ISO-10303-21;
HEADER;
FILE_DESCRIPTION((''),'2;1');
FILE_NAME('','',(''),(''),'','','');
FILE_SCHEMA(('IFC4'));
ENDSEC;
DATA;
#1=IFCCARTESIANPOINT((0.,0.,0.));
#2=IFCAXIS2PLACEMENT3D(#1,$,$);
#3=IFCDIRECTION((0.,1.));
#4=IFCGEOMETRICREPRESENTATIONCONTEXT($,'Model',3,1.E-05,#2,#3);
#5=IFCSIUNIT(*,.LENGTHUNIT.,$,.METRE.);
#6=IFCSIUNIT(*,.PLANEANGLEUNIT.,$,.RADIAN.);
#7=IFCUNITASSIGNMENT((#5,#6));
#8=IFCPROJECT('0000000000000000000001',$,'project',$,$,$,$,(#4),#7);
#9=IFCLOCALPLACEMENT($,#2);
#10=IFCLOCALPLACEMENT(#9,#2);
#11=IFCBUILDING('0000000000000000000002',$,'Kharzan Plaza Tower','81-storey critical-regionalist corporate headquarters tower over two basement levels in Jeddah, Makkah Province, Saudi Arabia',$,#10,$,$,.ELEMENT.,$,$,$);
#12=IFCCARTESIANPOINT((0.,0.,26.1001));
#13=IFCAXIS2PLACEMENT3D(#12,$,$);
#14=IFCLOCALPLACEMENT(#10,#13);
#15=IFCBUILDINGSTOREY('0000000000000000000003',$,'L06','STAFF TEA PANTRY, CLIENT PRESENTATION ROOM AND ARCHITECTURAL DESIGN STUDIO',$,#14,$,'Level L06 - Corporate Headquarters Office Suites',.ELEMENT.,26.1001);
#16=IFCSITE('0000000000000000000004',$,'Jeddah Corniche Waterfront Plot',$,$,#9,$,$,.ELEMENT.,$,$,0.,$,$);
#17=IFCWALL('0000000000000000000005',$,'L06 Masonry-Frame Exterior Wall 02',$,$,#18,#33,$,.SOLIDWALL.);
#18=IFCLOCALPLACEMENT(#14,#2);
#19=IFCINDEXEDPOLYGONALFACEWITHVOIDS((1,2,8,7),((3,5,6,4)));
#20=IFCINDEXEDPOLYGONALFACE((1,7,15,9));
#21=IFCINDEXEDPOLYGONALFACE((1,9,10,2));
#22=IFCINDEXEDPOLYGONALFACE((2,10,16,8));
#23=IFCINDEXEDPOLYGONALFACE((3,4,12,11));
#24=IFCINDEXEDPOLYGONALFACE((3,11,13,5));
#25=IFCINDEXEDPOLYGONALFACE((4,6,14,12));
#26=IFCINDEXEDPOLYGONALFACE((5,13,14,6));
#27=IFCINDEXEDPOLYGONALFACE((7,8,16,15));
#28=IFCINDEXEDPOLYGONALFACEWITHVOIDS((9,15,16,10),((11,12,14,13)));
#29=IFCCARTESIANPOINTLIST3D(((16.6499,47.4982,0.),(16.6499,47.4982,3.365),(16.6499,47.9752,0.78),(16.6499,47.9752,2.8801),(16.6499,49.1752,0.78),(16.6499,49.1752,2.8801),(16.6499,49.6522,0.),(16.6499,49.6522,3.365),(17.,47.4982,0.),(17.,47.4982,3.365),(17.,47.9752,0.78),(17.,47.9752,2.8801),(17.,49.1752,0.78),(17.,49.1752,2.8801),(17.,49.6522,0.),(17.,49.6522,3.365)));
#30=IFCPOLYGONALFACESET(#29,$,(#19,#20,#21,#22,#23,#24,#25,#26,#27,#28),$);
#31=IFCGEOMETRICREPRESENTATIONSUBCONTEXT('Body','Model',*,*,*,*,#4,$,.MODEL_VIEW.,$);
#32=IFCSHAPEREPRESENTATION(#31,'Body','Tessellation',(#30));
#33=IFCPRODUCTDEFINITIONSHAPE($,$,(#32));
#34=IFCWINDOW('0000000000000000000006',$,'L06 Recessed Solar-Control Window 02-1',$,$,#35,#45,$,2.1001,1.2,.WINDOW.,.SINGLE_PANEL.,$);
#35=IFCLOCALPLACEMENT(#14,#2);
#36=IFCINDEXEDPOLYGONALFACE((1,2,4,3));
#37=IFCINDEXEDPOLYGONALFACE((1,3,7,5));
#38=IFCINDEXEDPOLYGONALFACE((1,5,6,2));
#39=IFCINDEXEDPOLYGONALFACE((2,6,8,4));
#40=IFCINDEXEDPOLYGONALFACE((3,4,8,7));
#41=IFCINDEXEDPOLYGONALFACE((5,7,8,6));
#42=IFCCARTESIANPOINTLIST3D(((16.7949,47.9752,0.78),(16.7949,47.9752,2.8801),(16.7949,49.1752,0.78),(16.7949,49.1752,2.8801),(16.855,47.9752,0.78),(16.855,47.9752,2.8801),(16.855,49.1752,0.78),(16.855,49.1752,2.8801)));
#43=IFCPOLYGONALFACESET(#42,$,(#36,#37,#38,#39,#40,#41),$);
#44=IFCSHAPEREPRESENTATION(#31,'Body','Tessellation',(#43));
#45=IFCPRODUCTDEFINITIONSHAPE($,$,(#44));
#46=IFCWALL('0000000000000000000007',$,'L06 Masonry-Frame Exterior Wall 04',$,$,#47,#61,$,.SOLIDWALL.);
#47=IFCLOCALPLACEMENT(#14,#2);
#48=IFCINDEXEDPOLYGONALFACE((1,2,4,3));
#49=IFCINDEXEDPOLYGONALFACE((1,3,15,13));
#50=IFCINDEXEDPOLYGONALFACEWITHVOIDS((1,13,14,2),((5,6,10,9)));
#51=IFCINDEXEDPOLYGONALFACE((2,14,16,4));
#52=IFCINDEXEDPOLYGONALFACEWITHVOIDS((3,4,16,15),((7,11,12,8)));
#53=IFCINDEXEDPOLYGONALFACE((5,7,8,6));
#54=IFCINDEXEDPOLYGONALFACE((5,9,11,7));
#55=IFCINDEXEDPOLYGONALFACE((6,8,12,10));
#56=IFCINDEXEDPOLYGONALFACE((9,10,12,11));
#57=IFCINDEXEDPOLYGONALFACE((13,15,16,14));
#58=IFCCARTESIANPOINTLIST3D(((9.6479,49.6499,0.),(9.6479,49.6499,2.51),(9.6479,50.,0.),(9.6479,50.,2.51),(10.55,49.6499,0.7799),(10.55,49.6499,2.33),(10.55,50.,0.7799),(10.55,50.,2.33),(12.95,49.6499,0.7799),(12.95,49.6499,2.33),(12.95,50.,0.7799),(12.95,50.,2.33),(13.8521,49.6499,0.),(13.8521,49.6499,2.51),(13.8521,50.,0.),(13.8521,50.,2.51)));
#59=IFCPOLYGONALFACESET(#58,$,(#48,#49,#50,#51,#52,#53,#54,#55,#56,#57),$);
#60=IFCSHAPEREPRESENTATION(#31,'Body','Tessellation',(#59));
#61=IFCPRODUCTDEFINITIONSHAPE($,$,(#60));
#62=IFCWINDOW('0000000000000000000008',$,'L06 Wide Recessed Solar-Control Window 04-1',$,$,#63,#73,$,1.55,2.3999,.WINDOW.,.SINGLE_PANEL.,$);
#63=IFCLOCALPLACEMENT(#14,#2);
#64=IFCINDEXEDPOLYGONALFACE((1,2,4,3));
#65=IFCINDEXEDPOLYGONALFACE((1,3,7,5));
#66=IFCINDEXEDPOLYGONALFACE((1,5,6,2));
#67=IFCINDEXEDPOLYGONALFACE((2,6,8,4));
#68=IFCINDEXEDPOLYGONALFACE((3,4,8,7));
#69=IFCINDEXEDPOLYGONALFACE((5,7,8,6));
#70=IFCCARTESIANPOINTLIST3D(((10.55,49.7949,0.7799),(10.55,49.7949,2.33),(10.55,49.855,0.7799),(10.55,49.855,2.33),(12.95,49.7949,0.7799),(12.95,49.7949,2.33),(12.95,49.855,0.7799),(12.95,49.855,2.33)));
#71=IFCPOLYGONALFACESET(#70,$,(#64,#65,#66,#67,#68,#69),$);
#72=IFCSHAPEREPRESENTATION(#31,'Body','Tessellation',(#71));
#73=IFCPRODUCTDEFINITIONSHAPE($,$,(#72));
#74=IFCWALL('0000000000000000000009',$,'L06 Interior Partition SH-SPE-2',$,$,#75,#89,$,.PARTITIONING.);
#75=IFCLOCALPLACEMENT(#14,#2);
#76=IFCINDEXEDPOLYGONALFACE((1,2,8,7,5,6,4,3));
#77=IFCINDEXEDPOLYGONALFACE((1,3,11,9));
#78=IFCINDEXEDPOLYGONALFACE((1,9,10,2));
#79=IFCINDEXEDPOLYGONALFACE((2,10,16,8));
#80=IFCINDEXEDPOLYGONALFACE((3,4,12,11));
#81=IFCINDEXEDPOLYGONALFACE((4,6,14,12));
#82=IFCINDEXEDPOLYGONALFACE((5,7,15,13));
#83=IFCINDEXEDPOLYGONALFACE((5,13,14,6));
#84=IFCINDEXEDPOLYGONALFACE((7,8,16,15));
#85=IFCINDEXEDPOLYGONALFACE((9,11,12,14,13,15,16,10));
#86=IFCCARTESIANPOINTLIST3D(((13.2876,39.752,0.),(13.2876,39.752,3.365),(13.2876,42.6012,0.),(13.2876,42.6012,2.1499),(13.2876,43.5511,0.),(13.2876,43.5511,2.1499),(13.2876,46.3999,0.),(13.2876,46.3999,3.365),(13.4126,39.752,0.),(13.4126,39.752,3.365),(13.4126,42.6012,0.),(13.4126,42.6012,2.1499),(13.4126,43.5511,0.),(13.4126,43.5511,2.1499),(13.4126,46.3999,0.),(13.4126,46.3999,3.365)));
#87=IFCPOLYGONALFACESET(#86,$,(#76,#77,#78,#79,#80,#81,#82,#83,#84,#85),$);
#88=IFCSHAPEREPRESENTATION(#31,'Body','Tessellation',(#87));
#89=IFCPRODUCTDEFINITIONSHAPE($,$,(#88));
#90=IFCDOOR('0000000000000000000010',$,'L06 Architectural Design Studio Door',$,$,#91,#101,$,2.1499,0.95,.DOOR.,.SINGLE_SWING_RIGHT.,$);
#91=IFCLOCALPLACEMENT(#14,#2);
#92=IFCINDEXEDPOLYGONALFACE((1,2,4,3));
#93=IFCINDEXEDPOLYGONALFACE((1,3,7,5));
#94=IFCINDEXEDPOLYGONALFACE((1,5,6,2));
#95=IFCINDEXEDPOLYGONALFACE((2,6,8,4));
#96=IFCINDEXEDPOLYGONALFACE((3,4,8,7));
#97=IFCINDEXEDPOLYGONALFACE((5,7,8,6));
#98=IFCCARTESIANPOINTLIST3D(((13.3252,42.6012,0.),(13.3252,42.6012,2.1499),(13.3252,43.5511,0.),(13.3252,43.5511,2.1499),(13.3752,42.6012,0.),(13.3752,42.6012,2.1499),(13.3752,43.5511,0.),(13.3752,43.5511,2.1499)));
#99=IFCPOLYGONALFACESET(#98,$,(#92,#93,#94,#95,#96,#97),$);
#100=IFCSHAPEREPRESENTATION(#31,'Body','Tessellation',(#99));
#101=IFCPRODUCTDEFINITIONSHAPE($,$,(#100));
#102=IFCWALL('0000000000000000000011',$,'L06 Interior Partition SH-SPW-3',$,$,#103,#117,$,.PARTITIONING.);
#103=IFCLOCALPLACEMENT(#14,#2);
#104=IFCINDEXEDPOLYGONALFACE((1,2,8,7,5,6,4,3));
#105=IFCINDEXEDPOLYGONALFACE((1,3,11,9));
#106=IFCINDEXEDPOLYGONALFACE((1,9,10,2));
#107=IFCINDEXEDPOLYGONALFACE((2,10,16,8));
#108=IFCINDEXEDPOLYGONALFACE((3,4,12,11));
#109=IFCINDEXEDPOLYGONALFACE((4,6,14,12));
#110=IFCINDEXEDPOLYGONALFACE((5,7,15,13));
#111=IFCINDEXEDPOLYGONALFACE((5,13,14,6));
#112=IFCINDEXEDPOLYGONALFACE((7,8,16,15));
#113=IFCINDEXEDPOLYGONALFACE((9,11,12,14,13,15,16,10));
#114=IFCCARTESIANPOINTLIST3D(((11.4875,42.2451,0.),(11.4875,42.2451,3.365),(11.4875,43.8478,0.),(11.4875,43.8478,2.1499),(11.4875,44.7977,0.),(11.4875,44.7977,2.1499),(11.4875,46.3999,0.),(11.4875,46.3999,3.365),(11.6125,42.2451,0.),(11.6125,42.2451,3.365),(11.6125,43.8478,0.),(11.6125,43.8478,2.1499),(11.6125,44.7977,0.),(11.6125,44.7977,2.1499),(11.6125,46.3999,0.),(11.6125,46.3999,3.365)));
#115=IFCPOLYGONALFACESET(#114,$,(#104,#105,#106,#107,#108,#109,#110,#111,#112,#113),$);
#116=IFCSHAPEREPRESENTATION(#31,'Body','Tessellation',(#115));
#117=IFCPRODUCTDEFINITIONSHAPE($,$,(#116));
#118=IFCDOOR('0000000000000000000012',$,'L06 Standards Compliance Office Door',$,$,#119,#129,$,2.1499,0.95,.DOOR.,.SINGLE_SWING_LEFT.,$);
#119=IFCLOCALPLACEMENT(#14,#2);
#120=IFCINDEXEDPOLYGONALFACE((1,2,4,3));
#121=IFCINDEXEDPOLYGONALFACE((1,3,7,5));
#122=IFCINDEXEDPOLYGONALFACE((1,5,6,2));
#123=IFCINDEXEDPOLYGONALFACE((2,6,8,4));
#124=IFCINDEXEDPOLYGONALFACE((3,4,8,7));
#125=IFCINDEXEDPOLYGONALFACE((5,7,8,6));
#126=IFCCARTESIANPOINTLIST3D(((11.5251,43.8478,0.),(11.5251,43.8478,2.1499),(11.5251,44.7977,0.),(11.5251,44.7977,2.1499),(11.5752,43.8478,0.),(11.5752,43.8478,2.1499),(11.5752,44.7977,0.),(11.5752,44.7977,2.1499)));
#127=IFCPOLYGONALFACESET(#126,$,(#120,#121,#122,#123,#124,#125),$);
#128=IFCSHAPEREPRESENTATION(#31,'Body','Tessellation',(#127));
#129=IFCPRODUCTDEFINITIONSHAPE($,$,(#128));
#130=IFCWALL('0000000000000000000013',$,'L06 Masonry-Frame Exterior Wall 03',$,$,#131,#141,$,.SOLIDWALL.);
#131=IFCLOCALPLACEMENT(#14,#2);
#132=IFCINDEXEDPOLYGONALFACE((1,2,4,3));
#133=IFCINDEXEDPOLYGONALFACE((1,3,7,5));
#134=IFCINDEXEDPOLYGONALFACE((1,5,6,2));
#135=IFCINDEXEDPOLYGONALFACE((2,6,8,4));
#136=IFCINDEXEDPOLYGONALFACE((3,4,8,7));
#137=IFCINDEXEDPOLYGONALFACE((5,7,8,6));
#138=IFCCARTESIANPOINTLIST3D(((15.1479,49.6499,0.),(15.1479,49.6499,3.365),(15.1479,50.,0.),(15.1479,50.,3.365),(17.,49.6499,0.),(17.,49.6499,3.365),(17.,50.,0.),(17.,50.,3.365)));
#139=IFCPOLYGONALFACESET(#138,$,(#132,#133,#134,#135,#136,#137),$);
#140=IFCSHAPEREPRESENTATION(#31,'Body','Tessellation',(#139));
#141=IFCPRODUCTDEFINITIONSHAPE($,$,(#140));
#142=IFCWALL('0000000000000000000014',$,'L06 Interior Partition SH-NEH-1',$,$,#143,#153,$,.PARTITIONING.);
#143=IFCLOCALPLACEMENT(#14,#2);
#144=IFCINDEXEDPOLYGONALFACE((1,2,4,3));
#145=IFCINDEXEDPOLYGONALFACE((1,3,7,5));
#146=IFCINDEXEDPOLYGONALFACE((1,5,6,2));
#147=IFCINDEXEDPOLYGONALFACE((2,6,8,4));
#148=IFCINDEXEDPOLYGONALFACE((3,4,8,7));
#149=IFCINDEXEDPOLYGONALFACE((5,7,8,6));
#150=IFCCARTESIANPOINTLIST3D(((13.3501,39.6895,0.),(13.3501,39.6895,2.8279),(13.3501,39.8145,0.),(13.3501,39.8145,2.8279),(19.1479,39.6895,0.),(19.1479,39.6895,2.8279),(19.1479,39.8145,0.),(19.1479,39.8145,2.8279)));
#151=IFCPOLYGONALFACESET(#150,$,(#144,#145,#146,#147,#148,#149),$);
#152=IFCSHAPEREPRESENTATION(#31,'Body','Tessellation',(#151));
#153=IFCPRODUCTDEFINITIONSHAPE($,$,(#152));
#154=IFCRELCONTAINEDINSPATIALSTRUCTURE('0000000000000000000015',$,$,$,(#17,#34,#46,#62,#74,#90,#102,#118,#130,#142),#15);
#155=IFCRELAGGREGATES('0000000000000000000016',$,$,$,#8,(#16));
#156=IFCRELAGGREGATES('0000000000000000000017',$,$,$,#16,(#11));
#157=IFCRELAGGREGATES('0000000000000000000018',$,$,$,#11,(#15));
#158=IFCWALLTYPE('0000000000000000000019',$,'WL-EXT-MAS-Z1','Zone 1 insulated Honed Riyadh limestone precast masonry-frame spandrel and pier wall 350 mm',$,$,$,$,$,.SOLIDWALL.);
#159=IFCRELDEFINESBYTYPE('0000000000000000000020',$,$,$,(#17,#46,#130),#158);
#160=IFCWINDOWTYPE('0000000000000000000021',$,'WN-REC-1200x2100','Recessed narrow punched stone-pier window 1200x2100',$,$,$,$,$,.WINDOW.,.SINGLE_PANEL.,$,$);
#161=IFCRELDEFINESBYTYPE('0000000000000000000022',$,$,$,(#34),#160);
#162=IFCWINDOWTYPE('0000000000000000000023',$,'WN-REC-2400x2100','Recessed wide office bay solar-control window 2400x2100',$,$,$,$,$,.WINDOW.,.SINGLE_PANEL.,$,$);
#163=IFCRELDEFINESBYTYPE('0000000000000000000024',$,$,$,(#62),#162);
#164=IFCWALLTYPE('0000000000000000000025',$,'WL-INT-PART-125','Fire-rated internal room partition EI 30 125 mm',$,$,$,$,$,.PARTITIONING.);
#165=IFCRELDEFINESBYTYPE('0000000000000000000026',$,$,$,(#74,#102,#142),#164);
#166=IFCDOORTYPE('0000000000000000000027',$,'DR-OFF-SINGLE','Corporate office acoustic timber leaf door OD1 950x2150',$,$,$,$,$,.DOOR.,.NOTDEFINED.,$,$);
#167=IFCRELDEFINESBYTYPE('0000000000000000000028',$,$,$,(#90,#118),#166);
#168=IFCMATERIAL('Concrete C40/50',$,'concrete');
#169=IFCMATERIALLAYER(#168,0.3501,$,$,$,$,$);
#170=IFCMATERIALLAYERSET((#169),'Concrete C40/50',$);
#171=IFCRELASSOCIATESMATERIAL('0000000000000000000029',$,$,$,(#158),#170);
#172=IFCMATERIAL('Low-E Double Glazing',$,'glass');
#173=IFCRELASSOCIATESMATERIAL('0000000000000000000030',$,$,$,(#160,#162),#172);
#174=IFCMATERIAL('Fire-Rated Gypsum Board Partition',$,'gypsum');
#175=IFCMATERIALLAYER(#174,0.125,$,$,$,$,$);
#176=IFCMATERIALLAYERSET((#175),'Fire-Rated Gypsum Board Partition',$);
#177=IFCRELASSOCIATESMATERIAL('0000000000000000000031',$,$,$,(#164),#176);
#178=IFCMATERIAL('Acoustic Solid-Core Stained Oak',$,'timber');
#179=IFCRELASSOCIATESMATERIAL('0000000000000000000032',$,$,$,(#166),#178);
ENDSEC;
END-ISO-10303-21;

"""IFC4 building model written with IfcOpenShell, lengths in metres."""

from ifc_helpers import new_model, si_unit, direction, frame, frame_2d, origin, place, context, subcontext, project, spatial, rectangle, extrude, source, transform, mapped, material, layer, layer_set, type_object, element, fill, save


model = new_model("IFC4")

# Units and contexts
model_context = context("Model", 3, precision=1e-05, world=origin(), true_north=direction((0.0, 1.0)))
body_context = subcontext(model_context, "Body", "Model", "MODEL_VIEW")
ifc_project = project(units=[si_unit("LENGTHUNIT", "METRE"), si_unit("PLANEANGLEUNIT", "RADIAN")], contexts=[model_context])

# Site, building, storey
site_placement = place(None, origin())
site = spatial("IfcSite", under=ifc_project, at=site_placement, Name="Jeddah Corniche Waterfront Plot", CompositionType="ELEMENT", RefElevation=0.0)
building_placement = place(site_placement, origin())
building = spatial("IfcBuilding", under=site, at=building_placement, Name="Kharzan Plaza Tower", Description="81-storey critical-regionalist corporate headquarters tower over two basement levels in Jeddah, Makkah Province, Saudi Arabia", CompositionType="ELEMENT")
storey_placement = place(building_placement, frame((0.0, 0.0, 26.1001)))
storey = spatial("IfcBuildingStorey", under=building, at=storey_placement, Name="L06", Description="STAFF TEA PANTRY, CLIENT PRESENTATION ROOM AND ARCHITECTURAL DESIGN STUDIO", LongName="Level L06 - Corporate Headquarters Office Suites", CompositionType="ELEMENT", Elevation=26.1001)

# Walls, openings, windows
ifc_material_1 = material(Name="Concrete C40/50", Category="concrete")
ifc_layer_1 = layer(ifc_material_1, 0.3501)
ifc_layer_set_1 = layer_set([ifc_layer_1], Name="Concrete C40/50")
wall_type_1 = type_object("IfcWallType", Name="WL-EXT-MAS-Z1", Description="Zone 1 insulated Honed Riyadh limestone precast masonry-frame spandrel and pier wall 350 mm", PredefinedType="SOLIDWALL", material=ifc_layer_set_1)
wall_1_placement = place(storey_placement, frame((16.825, 47.498, 0.0), z_axis=(0.0, 0.0, 1.0), x_axis=(0.0, 1.0, 0.0)))
wall_1 = element("IfcWall", 1, at=wall_1_placement, inside=storey, type_object=wall_type_1, Name="L06 Masonry-Frame Exterior Wall 02", PredefinedType="SOLIDWALL", context=body_context, shape_type="SweptSolid", body=[
    extrude(rectangle(XDim=2.1541, YDim=0.3501, at=frame_2d((1.0771, 0.0))), origin(), (0.0, 0.0, 1.0), 3.365),
])
opening_1_placement = place(wall_1_placement, frame((0.4771, 0.0, 0.78)))
opening_1 = element("IfcOpeningElement", 2, at=opening_1_placement, cuts=wall_1, PredefinedType="OPENING", context=body_context, shape_type="SweptSolid", body=[
    extrude(rectangle(XDim=1.2, YDim=2.1001, at=frame_2d((0.6001, 1.05))), frame((0.0, 0.1851, 0.0), z_axis=(0.0, -1.0, 0.0), x_axis=(1.0, 0.0, 0.0)), (0.0, 0.0, 1.0), 0.3701),
])
ifc_material_2 = material(Name="Low-E Double Glazing", Category="glass")
window_type_1 = type_object("IfcWindowType", Name="WN-REC-1200x2100", Description="Recessed narrow punched stone-pier window 1200x2100", PartitioningType="SINGLE_PANEL", PredefinedType="WINDOW", material=ifc_material_2)
shared_shape_1 = source(origin(), body_context, "Body", "SweptSolid", [
    extrude(rectangle(XDim=1.2, YDim=2.1001, at=frame_2d((0.6001, 1.05))), frame((0.0, 0.03, 0.0), z_axis=(0.0, -1.0, 0.0), x_axis=(1.0, 0.0, 0.0)), (0.0, 0.0, 1.0), 0.0601),
])
window_1_placement = place(opening_1_placement, origin())
window_1 = element("IfcWindow", 3, at=window_1_placement, inside=storey, type_object=window_type_1, Name="L06 Recessed Solar-Control Window 02-1", OverallHeight=2.1001, OverallWidth=1.2, PartitioningType="SINGLE_PANEL", PredefinedType="WINDOW", context=body_context, shape_type="MappedRepresentation", body=[
    mapped(shared_shape_1, transform((0.0, 0.0, 0.0), x_axis=(1.0, 0.0, 0.0), y_axis=(0.0, 1.0, 0.0), z_axis=(0.0, 0.0, 1.0))),
])
fill(opening_1, window_1)
wall_2_placement = place(storey_placement, frame((13.8521, 49.825, 0.0), z_axis=(0.0, 0.0, 1.0), x_axis=(-1.0, 0.0, 0.0)))
wall_2 = element("IfcWall", 4, at=wall_2_placement, inside=storey, type_object=wall_type_1, Name="L06 Masonry-Frame Exterior Wall 04", PredefinedType="SOLIDWALL", context=body_context, shape_type="SweptSolid", body=[
    extrude(rectangle(XDim=4.2041, YDim=0.3501, at=frame_2d((2.1021, 0.0))), origin(), (0.0, 0.0, 1.0), 2.51),
])
opening_2_placement = place(wall_2_placement, frame((0.9021, 0.0, 0.78)))
opening_2 = element("IfcOpeningElement", 5, at=opening_2_placement, cuts=wall_2, PredefinedType="OPENING", context=body_context, shape_type="SweptSolid", body=[
    extrude(rectangle(XDim=2.3999, YDim=1.55, at=frame_2d((1.2, 0.7749))), frame((0.0, 0.1851, 0.0), z_axis=(0.0, -1.0, 0.0), x_axis=(1.0, 0.0, 0.0)), (0.0, 0.0, 1.0), 0.3701),
])
window_type_2 = type_object("IfcWindowType", Name="WN-REC-2400x2100", Description="Recessed wide office bay solar-control window 2400x2100", PartitioningType="SINGLE_PANEL", PredefinedType="WINDOW", material=ifc_material_2)
shared_shape_2 = source(origin(), body_context, "Body", "SweptSolid", [
    extrude(rectangle(XDim=2.3999, YDim=1.55, at=frame_2d((1.2, 0.7749))), frame((0.0, 0.03, 0.0), z_axis=(0.0, -1.0, 0.0), x_axis=(1.0, 0.0, 0.0)), (0.0, 0.0, 1.0), 0.0601),
])
window_2_placement = place(opening_2_placement, origin())
window_2 = element("IfcWindow", 6, at=window_2_placement, inside=storey, type_object=window_type_2, Name="L06 Wide Recessed Solar-Control Window 04-1", OverallHeight=1.55, OverallWidth=2.3999, PartitioningType="SINGLE_PANEL", PredefinedType="WINDOW", context=body_context, shape_type="MappedRepresentation", body=[
    mapped(shared_shape_2, transform((0.0, 0.0, 0.0), x_axis=(1.0, 0.0, 0.0), y_axis=(0.0, 1.0, 0.0), z_axis=(0.0, 0.0, 1.0))),
])
fill(opening_2, window_2)

# Walls, openings, doors
ifc_material_3 = material(Name="Fire-Rated Gypsum Board Partition", Category="gypsum")
ifc_layer_2 = layer(ifc_material_3, 0.125)
ifc_layer_set_2 = layer_set([ifc_layer_2], Name="Fire-Rated Gypsum Board Partition")
wall_type_2 = type_object("IfcWallType", Name="WL-INT-PART-125", Description="Fire-rated internal room partition EI 30 125 mm", PredefinedType="PARTITIONING", material=ifc_layer_set_2)
wall_3_placement = place(storey_placement, frame((13.3501, 39.752, 0.0), z_axis=(0.0, 0.0, 1.0), x_axis=(0.0, 1.0, 0.0)))
wall_3 = element("IfcWall", 7, at=wall_3_placement, inside=storey, type_object=wall_type_2, Name="L06 Interior Partition SH-SPE-2", PredefinedType="PARTITIONING", context=body_context, shape_type="SweptSolid", body=[
    extrude(rectangle(XDim=6.6479, YDim=0.125, at=frame_2d((3.324, 0.0))), origin(), (0.0, 0.0, 1.0), 3.365),
])
opening_3_placement = place(wall_3_placement, frame((2.8491, 0.0, 0.0)))
opening_3 = element("IfcOpeningElement", 8, at=opening_3_placement, cuts=wall_3, PredefinedType="OPENING", context=body_context, shape_type="SweptSolid", body=[
    extrude(rectangle(XDim=0.95, YDim=2.1499, at=frame_2d((0.4751, 1.075))), frame((0.0, 0.0725, 0.0), z_axis=(0.0, -1.0, 0.0), x_axis=(1.0, 0.0, 0.0)), (0.0, 0.0, 1.0), 0.145),
])
ifc_material_4 = material(Name="Acoustic Solid-Core Stained Oak", Category="timber")
door_type = type_object("IfcDoorType", Name="DR-OFF-SINGLE", Description="Corporate office acoustic timber leaf door OD1 950x2150", OperationType="NOTDEFINED", PredefinedType="DOOR", material=ifc_material_4)
shared_shape_3 = source(origin(), body_context, "Body", "SweptSolid", [
    extrude(rectangle(XDim=0.95, YDim=2.1499, at=frame_2d((0.4751, 1.075))), frame((0.0, 0.0249, 0.0), z_axis=(0.0, -1.0, 0.0), x_axis=(1.0, 0.0, 0.0)), (0.0, 0.0, 1.0), 0.05),
])
door_1_placement = place(opening_3_placement, origin())
door_1 = element("IfcDoor", 9, at=door_1_placement, inside=storey, type_object=door_type, Name="L06 Architectural Design Studio Door", OperationType="SINGLE_SWING_RIGHT", OverallHeight=2.1499, OverallWidth=0.95, PredefinedType="DOOR", context=body_context, shape_type="MappedRepresentation", body=[
    mapped(shared_shape_3, transform((0.0, 0.0, 0.0), x_axis=(1.0, 0.0, 0.0), y_axis=(0.0, 1.0, 0.0), z_axis=(0.0, 0.0, 1.0))),
])
fill(opening_3, door_1)
wall_4_placement = place(storey_placement, frame((11.55, 42.2451, 0.0), z_axis=(0.0, 0.0, 1.0), x_axis=(0.0, 1.0, 0.0)))
wall_4 = element("IfcWall", 10, at=wall_4_placement, inside=storey, type_object=wall_type_2, Name="L06 Interior Partition SH-SPW-3", PredefinedType="PARTITIONING", context=body_context, shape_type="SweptSolid", body=[
    extrude(rectangle(XDim=4.1548, YDim=0.125, at=frame_2d((2.0774, 0.0))), origin(), (0.0, 0.0, 1.0), 3.365),
])
opening_4_placement = place(wall_4_placement, frame((1.6025, 0.0, 0.0)))
opening_4 = element("IfcOpeningElement", 11, at=opening_4_placement, cuts=wall_4, PredefinedType="OPENING", context=body_context, shape_type="SweptSolid", body=[
    extrude(rectangle(XDim=0.95, YDim=2.1499, at=frame_2d((0.4751, 1.075))), frame((0.0, 0.0725, 0.0), z_axis=(0.0, -1.0, 0.0), x_axis=(1.0, 0.0, 0.0)), (0.0, 0.0, 1.0), 0.145),
])
door_2_placement = place(opening_4_placement, origin())
door_2 = element("IfcDoor", 12, at=door_2_placement, inside=storey, type_object=door_type, Name="L06 Standards Compliance Office Door", OperationType="SINGLE_SWING_LEFT", OverallHeight=2.1499, OverallWidth=0.95, PredefinedType="DOOR", context=body_context, shape_type="MappedRepresentation", body=[
    mapped(shared_shape_3, transform((0.0, 0.0, 0.0), x_axis=(1.0, 0.0, 0.0), y_axis=(0.0, 1.0, 0.0), z_axis=(0.0, 0.0, 1.0))),
])
fill(opening_4, door_2)

# Walls
shared_shape_4 = source(origin(), body_context, "Body", "SweptSolid", [
    extrude(rectangle(XDim=1.8521, YDim=0.3501, at=frame_2d((0.926, 0.0))), origin(), (0.0, 0.0, 1.0), 3.365),
])
wall_5_placement = place(storey_placement, frame((17.0, 49.825, 0.0), z_axis=(0.0, 0.0, 1.0), x_axis=(-1.0, 0.0, 0.0)))
element("IfcWall", 13, at=wall_5_placement, inside=storey, type_object=wall_type_1, Name="L06 Masonry-Frame Exterior Wall 03", PredefinedType="SOLIDWALL", context=body_context, shape_type="MappedRepresentation", body=[
    mapped(shared_shape_4, transform((0.0, 0.0, 0.0), x_axis=(1.0, 0.0, 0.0), y_axis=(0.0, 1.0, 0.0), z_axis=(0.0, 0.0, 1.0))),
])
shared_shape_5 = source(origin(), body_context, "Body", "SweptSolid", [
    extrude(rectangle(XDim=5.7979, YDim=0.125, at=frame_2d((2.8989, 0.0))), origin(), (0.0, 0.0, 1.0), 2.8279),
])
wall_6_placement = place(storey_placement, frame((13.3501, 39.752, 0.0), z_axis=(0.0, 0.0, 1.0), x_axis=(1.0, 0.0, 0.0)))
element("IfcWall", 14, at=wall_6_placement, inside=storey, type_object=wall_type_2, Name="L06 Interior Partition SH-NEH-1", PredefinedType="PARTITIONING", context=body_context, shape_type="MappedRepresentation", body=[
    mapped(shared_shape_5, transform((0.0, 0.0, 0.0), x_axis=(1.0, 0.0, 0.0), y_axis=(0.0, 1.0, 0.0), z_axis=(0.0, 0.0, 1.0))),
])

save(model, "model.ifc")
